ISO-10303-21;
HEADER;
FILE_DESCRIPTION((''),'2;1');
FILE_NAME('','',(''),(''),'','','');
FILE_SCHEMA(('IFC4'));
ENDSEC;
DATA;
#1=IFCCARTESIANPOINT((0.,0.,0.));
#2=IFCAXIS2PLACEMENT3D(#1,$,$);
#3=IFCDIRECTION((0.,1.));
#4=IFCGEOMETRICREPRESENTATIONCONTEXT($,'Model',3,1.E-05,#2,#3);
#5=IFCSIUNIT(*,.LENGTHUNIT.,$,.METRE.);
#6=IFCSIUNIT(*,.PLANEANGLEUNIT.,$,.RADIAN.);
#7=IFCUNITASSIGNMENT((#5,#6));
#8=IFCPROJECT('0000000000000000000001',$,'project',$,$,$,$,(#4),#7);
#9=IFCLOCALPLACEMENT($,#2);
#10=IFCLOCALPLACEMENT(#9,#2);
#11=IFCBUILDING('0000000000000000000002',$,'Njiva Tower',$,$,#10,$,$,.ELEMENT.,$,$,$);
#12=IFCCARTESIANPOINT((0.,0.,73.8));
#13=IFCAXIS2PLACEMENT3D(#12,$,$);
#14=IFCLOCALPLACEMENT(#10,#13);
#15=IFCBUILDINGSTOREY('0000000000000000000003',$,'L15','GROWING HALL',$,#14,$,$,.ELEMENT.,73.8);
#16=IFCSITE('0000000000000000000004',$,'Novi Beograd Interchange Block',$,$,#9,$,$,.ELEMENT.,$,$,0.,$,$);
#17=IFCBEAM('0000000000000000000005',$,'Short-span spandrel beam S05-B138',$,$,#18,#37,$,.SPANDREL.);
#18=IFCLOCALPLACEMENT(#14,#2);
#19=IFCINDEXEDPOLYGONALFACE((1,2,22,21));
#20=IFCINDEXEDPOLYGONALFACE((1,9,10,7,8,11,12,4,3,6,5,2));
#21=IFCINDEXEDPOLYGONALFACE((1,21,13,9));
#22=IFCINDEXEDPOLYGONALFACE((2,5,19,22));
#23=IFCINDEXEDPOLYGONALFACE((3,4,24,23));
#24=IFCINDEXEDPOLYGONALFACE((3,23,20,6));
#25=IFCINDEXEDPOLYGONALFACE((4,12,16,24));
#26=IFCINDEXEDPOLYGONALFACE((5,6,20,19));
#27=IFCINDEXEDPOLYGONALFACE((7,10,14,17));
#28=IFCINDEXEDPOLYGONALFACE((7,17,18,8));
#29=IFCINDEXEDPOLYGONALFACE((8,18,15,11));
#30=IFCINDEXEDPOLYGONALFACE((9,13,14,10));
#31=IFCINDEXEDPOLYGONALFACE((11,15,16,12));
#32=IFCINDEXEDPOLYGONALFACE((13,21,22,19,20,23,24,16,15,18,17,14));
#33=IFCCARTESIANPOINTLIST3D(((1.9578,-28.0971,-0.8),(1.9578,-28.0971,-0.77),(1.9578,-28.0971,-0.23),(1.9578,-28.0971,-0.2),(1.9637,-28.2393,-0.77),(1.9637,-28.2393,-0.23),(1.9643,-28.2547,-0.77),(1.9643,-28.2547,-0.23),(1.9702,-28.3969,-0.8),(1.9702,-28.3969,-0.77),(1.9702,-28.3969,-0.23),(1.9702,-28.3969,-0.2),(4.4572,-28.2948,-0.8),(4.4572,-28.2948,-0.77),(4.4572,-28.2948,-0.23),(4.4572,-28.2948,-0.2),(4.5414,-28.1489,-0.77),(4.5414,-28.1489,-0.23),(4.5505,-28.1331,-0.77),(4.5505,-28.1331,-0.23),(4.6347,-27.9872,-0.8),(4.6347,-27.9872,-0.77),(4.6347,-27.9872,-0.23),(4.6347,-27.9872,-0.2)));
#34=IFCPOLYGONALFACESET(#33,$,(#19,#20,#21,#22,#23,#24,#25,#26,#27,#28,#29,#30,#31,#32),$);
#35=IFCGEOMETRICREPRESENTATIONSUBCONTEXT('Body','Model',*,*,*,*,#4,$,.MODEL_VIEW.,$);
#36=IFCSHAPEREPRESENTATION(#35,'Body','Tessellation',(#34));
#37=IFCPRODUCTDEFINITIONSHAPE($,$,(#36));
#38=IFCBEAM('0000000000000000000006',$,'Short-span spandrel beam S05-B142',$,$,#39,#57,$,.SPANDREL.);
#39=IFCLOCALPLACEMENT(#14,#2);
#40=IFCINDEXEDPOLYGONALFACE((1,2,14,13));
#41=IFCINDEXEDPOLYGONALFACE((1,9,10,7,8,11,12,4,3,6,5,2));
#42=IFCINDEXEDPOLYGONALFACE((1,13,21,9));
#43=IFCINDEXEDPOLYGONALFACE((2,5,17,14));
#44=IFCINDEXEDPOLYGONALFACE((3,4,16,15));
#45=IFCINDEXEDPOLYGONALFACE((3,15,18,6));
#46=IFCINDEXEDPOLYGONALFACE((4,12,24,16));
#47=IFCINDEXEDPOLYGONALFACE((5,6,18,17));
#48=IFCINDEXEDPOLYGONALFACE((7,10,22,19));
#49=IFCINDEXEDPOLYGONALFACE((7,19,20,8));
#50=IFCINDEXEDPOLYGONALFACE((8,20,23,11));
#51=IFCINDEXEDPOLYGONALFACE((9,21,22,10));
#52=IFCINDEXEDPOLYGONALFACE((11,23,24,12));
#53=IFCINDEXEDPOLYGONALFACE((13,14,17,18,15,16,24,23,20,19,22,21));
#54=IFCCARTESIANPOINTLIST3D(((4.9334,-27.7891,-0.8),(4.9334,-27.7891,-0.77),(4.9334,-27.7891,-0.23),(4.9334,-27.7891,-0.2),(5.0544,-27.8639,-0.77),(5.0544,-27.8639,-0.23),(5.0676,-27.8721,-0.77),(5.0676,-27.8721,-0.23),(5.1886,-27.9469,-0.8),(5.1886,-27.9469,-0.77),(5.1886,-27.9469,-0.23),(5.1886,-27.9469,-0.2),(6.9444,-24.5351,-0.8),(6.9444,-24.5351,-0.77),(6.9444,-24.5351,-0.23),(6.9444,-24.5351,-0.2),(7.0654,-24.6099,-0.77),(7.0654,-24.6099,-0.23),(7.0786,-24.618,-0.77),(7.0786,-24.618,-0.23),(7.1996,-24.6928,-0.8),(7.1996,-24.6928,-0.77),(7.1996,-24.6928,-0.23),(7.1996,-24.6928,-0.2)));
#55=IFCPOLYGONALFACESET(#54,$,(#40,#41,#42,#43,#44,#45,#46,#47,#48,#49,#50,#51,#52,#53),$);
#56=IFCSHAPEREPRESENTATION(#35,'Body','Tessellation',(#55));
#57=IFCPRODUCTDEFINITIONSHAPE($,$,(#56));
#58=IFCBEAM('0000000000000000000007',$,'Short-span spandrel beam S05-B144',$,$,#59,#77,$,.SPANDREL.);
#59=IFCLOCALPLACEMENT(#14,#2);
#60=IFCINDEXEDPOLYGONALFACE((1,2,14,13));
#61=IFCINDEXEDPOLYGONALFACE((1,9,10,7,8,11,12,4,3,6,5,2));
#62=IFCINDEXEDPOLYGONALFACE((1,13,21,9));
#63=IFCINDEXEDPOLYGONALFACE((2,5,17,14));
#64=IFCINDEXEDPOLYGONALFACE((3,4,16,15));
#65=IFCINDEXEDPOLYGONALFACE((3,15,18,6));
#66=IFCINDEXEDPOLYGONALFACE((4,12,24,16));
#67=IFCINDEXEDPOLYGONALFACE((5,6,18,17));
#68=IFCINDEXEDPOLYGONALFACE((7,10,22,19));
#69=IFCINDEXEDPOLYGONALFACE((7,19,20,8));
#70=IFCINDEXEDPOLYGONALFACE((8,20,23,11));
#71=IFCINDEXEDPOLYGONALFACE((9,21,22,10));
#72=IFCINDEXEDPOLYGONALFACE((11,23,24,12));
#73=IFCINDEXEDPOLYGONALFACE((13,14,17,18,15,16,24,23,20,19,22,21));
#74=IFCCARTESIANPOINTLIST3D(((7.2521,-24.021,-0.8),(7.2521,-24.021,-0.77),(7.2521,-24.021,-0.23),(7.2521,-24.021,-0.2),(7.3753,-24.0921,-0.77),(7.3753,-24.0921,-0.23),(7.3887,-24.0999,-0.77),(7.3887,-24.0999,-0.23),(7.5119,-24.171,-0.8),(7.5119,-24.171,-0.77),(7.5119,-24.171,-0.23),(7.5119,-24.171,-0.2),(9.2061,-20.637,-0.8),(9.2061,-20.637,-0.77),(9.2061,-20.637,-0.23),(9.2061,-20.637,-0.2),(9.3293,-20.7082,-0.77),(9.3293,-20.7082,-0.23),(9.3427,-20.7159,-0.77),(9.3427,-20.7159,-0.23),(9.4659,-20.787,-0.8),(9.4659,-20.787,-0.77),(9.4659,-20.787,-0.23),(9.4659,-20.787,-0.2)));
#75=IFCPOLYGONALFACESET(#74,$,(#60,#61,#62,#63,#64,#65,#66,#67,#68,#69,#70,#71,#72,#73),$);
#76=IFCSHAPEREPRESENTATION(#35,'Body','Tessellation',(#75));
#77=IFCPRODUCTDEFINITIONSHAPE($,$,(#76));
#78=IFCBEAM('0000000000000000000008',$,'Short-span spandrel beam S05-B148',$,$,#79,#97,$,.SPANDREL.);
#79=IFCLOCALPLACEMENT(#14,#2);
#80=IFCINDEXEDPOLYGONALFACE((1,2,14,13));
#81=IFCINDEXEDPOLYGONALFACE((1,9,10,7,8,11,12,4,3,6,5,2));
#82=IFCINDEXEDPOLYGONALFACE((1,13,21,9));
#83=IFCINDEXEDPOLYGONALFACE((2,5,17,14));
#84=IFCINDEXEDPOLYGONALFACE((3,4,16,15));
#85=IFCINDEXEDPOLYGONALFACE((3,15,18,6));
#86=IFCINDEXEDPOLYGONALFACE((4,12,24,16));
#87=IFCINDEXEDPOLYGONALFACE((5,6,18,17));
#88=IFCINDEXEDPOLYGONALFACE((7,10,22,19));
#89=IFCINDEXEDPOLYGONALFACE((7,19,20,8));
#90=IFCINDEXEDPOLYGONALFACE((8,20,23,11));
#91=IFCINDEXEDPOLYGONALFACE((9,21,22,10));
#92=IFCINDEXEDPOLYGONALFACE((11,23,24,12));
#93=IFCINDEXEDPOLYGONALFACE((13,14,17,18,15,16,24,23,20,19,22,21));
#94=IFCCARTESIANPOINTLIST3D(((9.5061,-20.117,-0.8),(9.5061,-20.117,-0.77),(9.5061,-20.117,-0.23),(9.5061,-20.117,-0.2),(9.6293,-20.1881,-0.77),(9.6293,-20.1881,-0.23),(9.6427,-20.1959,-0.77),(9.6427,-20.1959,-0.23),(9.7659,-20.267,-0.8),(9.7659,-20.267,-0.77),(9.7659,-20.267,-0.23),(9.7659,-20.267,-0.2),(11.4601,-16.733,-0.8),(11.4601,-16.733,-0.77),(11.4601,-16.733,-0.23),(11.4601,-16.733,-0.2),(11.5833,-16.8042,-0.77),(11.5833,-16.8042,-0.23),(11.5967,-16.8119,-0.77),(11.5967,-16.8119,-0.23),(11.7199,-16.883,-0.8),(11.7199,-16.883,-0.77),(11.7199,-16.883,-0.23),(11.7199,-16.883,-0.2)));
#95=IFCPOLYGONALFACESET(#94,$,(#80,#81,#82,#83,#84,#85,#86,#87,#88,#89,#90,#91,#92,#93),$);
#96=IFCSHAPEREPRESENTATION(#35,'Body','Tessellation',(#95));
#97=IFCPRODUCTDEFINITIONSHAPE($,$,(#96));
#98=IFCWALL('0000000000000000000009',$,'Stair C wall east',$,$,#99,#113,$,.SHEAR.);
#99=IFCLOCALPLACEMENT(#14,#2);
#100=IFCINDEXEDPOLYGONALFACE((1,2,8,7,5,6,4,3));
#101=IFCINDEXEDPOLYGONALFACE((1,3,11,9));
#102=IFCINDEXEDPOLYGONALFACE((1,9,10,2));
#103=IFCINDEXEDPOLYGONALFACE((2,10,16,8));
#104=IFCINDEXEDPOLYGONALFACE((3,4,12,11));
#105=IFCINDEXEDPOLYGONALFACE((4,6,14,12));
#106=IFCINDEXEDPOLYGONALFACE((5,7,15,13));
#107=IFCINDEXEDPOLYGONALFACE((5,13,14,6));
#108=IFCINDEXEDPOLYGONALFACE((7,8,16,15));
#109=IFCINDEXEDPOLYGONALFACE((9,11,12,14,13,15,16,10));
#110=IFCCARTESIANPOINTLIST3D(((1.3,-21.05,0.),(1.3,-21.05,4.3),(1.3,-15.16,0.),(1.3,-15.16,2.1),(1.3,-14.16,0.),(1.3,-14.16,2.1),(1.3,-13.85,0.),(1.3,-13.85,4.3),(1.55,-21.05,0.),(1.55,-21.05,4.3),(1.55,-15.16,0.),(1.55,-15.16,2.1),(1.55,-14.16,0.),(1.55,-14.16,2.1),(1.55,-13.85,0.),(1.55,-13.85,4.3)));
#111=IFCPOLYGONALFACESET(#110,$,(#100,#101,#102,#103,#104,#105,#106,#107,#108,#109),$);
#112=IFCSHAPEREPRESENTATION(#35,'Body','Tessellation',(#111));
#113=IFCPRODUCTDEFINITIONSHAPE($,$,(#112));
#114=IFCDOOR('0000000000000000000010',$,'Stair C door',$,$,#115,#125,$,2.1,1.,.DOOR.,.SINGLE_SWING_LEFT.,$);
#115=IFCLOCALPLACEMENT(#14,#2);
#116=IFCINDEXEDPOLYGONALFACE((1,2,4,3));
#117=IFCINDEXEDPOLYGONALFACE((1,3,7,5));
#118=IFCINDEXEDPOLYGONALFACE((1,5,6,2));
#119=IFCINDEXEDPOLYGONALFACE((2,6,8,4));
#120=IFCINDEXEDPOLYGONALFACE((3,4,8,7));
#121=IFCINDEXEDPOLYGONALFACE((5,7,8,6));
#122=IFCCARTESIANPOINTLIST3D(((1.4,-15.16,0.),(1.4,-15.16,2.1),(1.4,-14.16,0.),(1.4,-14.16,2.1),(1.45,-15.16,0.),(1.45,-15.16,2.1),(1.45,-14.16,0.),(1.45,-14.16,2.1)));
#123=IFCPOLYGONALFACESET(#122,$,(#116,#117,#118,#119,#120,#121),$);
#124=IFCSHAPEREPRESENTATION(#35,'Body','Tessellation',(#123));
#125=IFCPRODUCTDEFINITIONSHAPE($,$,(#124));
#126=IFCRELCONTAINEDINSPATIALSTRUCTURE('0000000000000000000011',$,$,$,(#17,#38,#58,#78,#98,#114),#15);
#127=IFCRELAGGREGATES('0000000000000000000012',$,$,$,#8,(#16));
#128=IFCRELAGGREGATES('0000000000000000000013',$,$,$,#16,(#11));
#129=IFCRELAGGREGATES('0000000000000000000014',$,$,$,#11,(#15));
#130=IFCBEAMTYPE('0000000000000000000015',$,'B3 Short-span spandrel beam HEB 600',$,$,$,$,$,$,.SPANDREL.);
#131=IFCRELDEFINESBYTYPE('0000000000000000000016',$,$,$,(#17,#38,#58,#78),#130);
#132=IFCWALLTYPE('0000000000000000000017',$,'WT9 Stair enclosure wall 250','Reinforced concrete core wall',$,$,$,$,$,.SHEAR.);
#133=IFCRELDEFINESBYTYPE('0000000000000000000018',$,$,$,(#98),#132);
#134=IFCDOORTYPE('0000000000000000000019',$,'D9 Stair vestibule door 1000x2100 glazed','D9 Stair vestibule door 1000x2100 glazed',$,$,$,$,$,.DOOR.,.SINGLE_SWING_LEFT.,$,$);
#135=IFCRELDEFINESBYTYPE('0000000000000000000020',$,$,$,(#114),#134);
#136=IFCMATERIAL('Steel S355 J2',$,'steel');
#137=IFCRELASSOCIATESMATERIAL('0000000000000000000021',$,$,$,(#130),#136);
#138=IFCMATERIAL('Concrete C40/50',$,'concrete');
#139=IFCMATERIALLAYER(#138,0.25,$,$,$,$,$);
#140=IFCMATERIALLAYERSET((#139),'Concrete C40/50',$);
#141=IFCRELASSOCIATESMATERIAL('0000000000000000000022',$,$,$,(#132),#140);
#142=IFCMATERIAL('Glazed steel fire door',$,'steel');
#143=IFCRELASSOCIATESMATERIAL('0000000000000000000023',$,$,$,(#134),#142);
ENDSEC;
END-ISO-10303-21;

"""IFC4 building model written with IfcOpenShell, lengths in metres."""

from ifc_helpers import new_model, si_unit, direction, frame, frame_2d, origin, origin_2d, place, context, subcontext, project, spatial, rectangle, i_section, extrude, clip, halfspace, material, layer, layer_set, material_profile, profile_set, type_object, element, fill, save


model = new_model("IFC4")

# Units and contexts
model_context = context("Model", 3, precision=1e-05, world=origin(), true_north=direction((0.0, 1.0)))
body_context = subcontext(model_context, "Body", "Model", "MODEL_VIEW")
ifc_project = project(units=[si_unit("LENGTHUNIT", "METRE"), si_unit("PLANEANGLEUNIT", "RADIAN")], contexts=[model_context])

# Site, building, storey
site_placement = place(None, origin())
site = spatial("IfcSite", under=ifc_project, at=site_placement, Name="Novi Beograd Interchange Block", CompositionType="ELEMENT", RefElevation=0.0)
building_placement = place(site_placement, origin())
building = spatial("IfcBuilding", under=site, at=building_placement, Name="Njiva Tower", CompositionType="ELEMENT")
storey_placement = place(building_placement, frame((0.0, 0.0, 73.8)))
storey = spatial("IfcBuildingStorey", under=building, at=storey_placement, Name="L15", Description="GROWING HALL", CompositionType="ELEMENT", Elevation=73.8)

# Shared definitions
ifc_material_1 = material(Name="Steel S355 J2", Category="steel")

# Beams
ifc_material_profile_1 = material_profile(ifc_material_1, i_section(OverallWidth=0.3, OverallDepth=0.6, WebThickness=0.0155, FlangeThickness=0.03, at=origin_2d()), Name="HEB 600")
ifc_profile_set_1 = profile_set([ifc_material_profile_1], Name="Steel S355 J2")
beam_type_1 = type_object("IfcBeamType", Name="B3 Short-span spandrel beam HEB 600", PredefinedType="SPANDREL", material=ifc_profile_set_1)
beam_1_placement = place(storey_placement, frame((1.964, -28.247, -0.5), z_axis=(0.999158, 0.041019, 0.0), x_axis=(-0.041019, 0.999158, 0.0)))
element("IfcBeam", 1, at=beam_1_placement, inside=storey, type_object=beam_type_1, Name="Short-span spandrel beam S05-B138", PredefinedType="SPANDREL", context=body_context, shape_type="Clipping", body=[
    clip(extrude(i_section(OverallWidth=0.3, OverallDepth=0.6, WebThickness=0.0155, FlangeThickness=0.03, at=origin_2d()), origin(), (0.0, 0.0, 1.0), 2.6992), halfspace(frame((-0.0267, 0.0, 2.5672), z_axis=(-0.535101, 0.0, 0.844788), x_axis=(0.0, 1.0, 0.0)), False)),
])
beam_2_placement = place(storey_placement, frame((5.061, -27.868, -0.5), z_axis=(0.525715, 0.85066, 0.0), x_axis=(-0.85066, 0.525715, 0.0)))
element("IfcBeam", 2, at=beam_2_placement, inside=storey, type_object=beam_type_1, Name="Short-span spandrel beam S05-B142", PredefinedType="SPANDREL", context=body_context, shape_type="SweptSolid", body=[
    extrude(i_section(OverallWidth=0.3, OverallDepth=0.6, WebThickness=0.0155, FlangeThickness=0.03, at=origin_2d()), origin(), (0.0, 0.0, 1.0), 3.8253),
])
for number, where, z_axis, x_axis, name in (
    (3, (7.382, -24.096, -0.5), (0.500047, 0.865998, 0.0), (-0.865998, 0.500047, 0.0), "Short-span spandrel beam S05-B144"),
    (4, (9.636, -20.192, -0.5), (0.500047, 0.865998, 0.0), (-0.865998, 0.500047, 0.0), "Short-span spandrel beam S05-B148"),
):
    element("IfcBeam", number, at=place(storey_placement, frame(where, z_axis=z_axis, x_axis=x_axis)), inside=storey, type_object=beam_type_1, Name=name, PredefinedType="SPANDREL", context=body_context, shape_type="SweptSolid", body=[
        extrude(i_section(OverallWidth=0.3, OverallDepth=0.6, WebThickness=0.0155, FlangeThickness=0.03, at=origin_2d()), origin(), (0.0, 0.0, 1.0), 3.9076),
    ])

# Wall, opening, door
ifc_material_2 = material(Name="Concrete C40/50", Category="concrete")
ifc_layer_1 = layer(ifc_material_2, 0.25)
ifc_layer_set_1 = layer_set([ifc_layer_1], Name="Concrete C40/50")
wall_type_1 = type_object("IfcWallType", Name="WT9 Stair enclosure wall 250", Description="Reinforced concrete core wall", PredefinedType="SHEAR", material=ifc_layer_set_1)
wall_1_placement = place(storey_placement, frame((1.425, -21.05, 0.0), z_axis=(0.0, 0.0, 1.0), x_axis=(0.0, 1.0, 0.0)))
wall_1 = element("IfcWall", 5, at=wall_1_placement, inside=storey, type_object=wall_type_1, Name="Stair C wall east", PredefinedType="SHEAR", context=body_context, shape_type="SweptSolid", body=[
    extrude(rectangle(XDim=7.2, YDim=0.25, at=frame_2d((3.6, 0.0))), origin(), (0.0, 0.0, 1.0), 4.3),
])
opening_1_placement = place(wall_1_placement, frame((5.89, 0.0, 0.0)))
opening_1 = element("IfcOpeningElement", 6, at=opening_1_placement, cuts=wall_1, PredefinedType="OPENING", context=body_context, shape_type="SweptSolid", body=[
    extrude(rectangle(XDim=1.0, YDim=2.1, at=frame_2d((0.5, 1.05))), frame((0.0, 0.135, 0.0), z_axis=(0.0, -1.0, 0.0), x_axis=(1.0, 0.0, 0.0)), (0.0, 0.0, 1.0), 0.27),
])
ifc_material_3 = material(Name="Glazed steel fire door", Category="steel")
door_type = type_object("IfcDoorType", Name="D9 Stair vestibule door 1000x2100 glazed", Description="D9 Stair vestibule door 1000x2100 glazed", OperationType="SINGLE_SWING_LEFT", PredefinedType="DOOR", material=ifc_material_3)
door_placement = place(opening_1_placement, origin())
door = element("IfcDoor", 7, at=door_placement, inside=storey, type_object=door_type, Name="Stair C door", OperationType="SINGLE_SWING_LEFT", OverallHeight=2.1, OverallWidth=1.0, PredefinedType="DOOR", context=body_context, shape_type="SweptSolid", body=[
    extrude(rectangle(XDim=1.0, YDim=2.1, at=frame_2d((0.5, 1.05))), frame((0.0, 0.025, 0.0), z_axis=(0.0, -1.0, 0.0), x_axis=(1.0, 0.0, 0.0)), (0.0, 0.0, 1.0), 0.05),
])
fill(opening_1, door)

save(model, "model.ifc")
